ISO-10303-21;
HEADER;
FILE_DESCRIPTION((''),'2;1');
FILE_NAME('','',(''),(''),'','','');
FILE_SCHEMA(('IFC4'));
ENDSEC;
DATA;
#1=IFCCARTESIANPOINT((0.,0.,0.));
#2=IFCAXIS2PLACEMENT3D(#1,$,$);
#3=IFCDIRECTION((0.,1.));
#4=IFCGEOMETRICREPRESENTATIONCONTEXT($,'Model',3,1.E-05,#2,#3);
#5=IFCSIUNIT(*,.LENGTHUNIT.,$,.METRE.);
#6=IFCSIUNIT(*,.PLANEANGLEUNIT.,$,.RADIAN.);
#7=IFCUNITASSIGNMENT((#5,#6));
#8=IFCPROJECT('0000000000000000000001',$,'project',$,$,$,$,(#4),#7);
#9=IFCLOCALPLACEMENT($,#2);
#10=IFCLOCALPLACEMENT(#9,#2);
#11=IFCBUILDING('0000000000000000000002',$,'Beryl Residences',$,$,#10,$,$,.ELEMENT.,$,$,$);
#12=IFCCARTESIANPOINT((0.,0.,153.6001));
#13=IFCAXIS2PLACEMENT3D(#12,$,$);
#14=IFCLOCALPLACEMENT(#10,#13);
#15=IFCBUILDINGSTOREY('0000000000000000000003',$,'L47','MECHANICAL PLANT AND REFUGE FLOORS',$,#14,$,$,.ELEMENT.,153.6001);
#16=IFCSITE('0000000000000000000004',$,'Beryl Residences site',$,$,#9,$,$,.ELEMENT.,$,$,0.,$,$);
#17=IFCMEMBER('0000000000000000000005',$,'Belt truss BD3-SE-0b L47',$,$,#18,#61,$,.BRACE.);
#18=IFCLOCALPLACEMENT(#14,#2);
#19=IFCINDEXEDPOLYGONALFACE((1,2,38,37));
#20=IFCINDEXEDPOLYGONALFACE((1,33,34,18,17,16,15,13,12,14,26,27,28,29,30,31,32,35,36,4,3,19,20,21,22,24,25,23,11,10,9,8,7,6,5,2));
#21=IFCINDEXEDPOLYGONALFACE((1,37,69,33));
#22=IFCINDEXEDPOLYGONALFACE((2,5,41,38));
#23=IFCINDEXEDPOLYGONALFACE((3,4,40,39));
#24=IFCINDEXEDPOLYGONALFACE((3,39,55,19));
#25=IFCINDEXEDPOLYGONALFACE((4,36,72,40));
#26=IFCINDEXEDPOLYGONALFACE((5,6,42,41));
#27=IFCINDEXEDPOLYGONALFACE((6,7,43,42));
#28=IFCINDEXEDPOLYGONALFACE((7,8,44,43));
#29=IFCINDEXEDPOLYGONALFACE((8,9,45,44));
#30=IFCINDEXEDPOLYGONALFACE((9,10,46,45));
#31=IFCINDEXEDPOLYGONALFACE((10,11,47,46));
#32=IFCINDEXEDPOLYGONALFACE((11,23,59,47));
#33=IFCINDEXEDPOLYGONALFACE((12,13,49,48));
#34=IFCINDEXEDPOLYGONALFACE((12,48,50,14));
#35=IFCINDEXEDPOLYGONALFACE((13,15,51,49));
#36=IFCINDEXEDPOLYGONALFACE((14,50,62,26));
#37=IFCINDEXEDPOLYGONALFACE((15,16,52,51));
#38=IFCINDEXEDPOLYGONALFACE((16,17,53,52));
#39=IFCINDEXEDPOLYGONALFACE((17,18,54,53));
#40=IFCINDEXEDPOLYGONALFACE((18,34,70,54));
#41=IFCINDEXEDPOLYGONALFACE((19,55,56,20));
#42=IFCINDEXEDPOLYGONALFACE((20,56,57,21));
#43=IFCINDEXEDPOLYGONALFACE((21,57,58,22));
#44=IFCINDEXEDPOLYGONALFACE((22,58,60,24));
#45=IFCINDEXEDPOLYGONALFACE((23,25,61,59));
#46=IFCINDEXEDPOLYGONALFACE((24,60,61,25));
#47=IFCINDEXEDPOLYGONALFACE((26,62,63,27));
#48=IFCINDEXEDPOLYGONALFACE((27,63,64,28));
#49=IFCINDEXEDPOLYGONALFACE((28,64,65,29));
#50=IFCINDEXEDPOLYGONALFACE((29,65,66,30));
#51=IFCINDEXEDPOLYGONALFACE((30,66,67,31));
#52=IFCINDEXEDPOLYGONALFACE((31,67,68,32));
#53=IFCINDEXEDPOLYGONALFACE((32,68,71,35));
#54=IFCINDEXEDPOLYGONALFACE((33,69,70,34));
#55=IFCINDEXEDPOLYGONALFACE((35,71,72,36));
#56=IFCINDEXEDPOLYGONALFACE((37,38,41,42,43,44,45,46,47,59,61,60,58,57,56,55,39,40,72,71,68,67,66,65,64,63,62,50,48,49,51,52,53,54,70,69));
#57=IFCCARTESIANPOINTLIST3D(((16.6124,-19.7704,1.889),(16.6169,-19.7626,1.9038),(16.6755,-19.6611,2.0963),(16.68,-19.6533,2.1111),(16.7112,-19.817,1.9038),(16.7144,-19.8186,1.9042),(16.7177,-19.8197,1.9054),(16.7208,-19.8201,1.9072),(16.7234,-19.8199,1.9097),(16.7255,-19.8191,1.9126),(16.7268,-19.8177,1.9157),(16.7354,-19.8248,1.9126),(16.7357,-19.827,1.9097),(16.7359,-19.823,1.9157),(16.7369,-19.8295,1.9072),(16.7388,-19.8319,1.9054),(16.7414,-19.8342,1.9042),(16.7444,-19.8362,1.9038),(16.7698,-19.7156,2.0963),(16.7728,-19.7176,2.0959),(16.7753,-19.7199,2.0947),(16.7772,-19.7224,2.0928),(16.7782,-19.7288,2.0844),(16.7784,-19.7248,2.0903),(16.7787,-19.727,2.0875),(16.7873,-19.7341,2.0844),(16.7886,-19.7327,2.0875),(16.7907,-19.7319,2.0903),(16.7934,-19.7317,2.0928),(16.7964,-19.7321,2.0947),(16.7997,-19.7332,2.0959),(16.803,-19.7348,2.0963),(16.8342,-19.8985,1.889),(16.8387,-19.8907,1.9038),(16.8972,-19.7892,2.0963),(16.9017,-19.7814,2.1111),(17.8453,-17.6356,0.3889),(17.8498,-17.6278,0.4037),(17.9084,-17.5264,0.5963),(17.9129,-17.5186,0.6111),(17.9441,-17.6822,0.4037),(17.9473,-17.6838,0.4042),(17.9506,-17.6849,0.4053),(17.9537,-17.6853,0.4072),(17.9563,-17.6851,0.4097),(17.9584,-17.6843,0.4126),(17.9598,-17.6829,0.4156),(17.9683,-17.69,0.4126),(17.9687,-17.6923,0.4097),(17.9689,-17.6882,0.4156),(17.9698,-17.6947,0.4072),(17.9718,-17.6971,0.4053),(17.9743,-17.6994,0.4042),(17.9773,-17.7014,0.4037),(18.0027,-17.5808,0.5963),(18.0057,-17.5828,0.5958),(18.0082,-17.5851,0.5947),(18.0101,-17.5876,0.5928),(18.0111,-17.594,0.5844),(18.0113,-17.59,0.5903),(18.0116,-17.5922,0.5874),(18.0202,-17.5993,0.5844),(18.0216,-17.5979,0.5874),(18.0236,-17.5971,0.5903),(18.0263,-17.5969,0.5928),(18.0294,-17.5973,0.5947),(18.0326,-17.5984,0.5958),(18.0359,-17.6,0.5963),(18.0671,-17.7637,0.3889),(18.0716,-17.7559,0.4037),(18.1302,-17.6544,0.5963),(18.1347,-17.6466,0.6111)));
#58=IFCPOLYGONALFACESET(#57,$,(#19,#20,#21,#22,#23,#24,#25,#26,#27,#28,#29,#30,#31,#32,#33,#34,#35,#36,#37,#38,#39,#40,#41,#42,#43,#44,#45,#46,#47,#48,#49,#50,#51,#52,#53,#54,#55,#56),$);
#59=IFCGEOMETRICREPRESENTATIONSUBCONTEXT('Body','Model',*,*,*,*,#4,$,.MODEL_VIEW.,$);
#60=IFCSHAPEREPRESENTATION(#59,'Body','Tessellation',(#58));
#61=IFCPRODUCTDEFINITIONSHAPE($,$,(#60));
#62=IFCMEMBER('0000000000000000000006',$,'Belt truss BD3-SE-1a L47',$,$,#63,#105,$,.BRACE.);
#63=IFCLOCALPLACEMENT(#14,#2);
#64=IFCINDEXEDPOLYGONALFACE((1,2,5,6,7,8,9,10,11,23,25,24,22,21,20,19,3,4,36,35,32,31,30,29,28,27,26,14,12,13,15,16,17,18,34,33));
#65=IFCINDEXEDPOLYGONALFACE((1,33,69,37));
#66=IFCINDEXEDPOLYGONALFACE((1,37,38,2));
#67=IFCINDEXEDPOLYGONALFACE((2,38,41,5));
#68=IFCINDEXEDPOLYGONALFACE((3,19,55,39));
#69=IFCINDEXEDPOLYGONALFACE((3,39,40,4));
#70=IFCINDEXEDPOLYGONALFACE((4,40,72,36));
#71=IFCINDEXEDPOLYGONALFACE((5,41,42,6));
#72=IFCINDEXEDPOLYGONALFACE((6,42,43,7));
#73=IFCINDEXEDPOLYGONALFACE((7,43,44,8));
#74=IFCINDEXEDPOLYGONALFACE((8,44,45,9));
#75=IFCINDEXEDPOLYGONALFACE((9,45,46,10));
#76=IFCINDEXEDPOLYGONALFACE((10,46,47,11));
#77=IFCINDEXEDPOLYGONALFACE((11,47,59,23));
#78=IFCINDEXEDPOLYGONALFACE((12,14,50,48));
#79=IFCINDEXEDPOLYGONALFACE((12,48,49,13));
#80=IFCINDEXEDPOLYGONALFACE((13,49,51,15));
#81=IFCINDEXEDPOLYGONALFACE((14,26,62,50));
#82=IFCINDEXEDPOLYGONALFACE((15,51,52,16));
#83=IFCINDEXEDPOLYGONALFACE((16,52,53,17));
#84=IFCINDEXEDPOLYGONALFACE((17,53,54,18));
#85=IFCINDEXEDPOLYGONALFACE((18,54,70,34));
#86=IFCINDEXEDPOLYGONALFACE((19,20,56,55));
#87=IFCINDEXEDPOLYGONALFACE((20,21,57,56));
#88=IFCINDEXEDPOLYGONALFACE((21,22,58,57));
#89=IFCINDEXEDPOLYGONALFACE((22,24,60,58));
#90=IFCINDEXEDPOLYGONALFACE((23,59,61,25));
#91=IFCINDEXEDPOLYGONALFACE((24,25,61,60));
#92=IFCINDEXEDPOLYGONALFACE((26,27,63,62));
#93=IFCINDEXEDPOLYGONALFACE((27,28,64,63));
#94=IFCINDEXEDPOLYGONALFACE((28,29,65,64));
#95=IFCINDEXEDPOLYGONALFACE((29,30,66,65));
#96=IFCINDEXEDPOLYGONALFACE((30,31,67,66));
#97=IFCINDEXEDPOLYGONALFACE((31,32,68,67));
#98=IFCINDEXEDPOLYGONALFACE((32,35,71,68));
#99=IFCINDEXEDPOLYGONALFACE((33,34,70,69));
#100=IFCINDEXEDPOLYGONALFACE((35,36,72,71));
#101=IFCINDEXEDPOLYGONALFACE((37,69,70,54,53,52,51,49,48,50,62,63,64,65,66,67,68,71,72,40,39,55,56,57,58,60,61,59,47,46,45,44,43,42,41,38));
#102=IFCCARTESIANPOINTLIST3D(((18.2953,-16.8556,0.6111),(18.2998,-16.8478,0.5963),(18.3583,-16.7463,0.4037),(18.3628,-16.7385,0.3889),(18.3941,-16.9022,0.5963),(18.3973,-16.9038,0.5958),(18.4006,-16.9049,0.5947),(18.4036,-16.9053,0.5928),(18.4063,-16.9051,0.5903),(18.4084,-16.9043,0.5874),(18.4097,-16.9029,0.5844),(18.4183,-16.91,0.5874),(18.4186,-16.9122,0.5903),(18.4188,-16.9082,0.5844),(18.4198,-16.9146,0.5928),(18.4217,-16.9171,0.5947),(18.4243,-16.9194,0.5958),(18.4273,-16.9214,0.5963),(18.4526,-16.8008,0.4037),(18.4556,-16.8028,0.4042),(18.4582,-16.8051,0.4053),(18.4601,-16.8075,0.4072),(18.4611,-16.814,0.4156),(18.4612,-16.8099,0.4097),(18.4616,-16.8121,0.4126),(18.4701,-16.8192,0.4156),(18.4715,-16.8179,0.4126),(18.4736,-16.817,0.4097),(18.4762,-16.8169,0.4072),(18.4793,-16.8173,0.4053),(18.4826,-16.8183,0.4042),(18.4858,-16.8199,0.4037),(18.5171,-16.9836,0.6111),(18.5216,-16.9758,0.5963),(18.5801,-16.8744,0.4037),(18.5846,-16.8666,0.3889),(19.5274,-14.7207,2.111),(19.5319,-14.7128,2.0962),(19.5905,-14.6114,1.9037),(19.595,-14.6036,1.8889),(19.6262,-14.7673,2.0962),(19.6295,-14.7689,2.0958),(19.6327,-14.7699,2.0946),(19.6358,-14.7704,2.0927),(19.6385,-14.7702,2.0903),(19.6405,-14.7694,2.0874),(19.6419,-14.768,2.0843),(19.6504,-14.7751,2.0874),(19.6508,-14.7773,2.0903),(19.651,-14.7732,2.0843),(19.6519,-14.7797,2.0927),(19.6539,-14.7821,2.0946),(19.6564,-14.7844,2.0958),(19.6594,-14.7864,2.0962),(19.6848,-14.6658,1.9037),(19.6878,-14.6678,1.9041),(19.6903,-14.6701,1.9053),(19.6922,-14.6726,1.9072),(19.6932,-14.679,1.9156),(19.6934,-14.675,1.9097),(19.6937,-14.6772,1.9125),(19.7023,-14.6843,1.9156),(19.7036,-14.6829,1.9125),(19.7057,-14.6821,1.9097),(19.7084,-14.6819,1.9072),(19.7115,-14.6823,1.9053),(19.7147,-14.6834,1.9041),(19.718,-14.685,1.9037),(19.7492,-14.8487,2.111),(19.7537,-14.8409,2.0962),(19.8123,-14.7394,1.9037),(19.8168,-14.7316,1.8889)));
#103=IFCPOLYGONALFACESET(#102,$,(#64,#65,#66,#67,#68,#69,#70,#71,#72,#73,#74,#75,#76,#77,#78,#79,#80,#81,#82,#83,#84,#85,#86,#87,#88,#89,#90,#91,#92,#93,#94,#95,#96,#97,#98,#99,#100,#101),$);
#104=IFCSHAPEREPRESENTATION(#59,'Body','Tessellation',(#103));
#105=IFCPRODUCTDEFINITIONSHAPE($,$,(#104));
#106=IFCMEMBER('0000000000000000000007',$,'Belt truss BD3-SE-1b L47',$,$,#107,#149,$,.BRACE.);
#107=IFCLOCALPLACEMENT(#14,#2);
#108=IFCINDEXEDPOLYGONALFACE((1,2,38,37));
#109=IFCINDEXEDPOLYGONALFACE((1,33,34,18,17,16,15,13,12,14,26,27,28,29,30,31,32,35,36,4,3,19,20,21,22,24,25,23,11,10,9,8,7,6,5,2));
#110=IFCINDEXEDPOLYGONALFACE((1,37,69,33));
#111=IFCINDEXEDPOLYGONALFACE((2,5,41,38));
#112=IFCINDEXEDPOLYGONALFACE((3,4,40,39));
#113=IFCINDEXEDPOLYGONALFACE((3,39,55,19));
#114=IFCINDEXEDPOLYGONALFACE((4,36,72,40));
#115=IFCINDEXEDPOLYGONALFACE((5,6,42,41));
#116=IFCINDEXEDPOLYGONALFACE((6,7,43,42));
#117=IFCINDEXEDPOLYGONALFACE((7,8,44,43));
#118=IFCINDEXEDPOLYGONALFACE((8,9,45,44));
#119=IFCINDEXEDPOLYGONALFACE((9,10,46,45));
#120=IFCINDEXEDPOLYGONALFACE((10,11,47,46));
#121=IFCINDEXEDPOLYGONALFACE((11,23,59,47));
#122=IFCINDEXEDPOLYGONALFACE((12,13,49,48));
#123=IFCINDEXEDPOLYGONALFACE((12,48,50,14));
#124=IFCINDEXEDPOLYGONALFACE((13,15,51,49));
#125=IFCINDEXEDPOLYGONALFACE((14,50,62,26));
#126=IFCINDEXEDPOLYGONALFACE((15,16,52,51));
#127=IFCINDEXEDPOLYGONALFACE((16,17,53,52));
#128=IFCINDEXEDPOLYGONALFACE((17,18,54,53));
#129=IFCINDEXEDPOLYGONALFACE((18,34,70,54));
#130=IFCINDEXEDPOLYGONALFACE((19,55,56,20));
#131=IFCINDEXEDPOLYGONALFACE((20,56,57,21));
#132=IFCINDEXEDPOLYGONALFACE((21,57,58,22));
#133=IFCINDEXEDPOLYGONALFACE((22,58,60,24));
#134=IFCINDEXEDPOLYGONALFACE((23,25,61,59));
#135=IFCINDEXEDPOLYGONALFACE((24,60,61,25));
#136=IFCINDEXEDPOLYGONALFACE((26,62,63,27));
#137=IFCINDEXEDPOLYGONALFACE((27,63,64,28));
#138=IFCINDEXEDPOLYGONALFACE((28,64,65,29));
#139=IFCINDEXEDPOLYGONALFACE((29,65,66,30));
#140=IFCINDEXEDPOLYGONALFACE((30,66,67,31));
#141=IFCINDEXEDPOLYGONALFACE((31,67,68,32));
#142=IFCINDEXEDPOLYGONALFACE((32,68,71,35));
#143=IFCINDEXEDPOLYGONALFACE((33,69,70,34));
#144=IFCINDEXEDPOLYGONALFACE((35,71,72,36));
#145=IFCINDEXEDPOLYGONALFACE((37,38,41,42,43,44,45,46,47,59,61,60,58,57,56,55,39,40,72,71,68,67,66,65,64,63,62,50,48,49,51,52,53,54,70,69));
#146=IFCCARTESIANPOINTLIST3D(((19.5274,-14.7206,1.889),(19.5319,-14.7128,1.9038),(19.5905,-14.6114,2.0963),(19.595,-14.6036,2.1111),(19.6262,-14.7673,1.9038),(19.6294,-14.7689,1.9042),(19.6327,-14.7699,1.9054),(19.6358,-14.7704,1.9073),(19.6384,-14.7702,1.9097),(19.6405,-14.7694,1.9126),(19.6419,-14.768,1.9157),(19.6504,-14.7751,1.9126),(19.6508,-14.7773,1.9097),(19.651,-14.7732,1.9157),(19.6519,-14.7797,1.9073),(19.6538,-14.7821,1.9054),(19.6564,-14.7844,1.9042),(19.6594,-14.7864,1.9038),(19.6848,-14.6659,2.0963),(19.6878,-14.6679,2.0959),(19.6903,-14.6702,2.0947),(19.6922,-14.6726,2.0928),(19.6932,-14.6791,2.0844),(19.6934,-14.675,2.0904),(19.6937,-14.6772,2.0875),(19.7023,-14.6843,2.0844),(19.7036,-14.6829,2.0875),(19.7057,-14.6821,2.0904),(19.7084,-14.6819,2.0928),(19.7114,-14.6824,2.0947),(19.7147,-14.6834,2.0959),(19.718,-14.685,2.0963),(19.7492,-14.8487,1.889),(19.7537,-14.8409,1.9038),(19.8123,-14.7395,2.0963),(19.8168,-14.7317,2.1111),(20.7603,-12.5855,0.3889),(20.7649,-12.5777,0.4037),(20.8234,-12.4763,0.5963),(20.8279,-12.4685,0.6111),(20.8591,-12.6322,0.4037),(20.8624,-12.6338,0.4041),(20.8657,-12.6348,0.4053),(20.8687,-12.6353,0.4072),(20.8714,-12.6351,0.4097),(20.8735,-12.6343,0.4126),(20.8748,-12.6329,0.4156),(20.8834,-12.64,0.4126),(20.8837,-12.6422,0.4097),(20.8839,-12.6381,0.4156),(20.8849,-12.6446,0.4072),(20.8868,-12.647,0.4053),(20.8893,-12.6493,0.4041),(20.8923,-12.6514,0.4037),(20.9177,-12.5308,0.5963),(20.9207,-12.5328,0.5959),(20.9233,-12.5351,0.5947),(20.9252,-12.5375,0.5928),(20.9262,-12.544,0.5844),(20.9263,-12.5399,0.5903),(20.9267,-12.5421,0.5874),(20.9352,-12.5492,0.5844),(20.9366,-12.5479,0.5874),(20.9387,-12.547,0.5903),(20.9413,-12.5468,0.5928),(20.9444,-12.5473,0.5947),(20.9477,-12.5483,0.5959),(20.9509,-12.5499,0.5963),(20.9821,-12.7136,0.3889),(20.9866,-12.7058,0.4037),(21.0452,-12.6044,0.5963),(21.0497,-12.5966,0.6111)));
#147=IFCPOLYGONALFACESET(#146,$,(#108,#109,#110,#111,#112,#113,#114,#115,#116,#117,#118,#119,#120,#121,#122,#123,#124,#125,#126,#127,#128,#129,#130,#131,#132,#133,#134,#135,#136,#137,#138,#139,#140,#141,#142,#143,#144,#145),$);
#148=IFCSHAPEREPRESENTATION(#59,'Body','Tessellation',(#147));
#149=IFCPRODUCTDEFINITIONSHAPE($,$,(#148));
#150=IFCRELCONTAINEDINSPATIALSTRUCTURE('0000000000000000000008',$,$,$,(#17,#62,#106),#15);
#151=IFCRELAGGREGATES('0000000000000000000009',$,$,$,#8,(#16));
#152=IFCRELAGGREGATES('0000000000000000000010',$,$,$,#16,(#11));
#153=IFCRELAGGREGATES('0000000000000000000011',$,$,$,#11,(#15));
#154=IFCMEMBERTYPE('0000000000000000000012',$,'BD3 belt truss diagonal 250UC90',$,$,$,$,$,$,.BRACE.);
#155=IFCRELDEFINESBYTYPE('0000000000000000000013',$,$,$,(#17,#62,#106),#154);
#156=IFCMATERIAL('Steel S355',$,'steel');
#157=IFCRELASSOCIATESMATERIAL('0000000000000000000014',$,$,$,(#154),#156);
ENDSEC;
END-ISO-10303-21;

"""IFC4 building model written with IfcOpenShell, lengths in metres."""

from ifc_helpers import new_model, si_unit, direction, frame, origin, origin_2d, place, context, subcontext, project, spatial, i_section, extrude, material, material_profile, profile_set, type_object, element, save


model = new_model("IFC4")

# Units and contexts
model_context = context("Model", 3, precision=1e-05, world=origin(), true_north=direction((0.0, 1.0)))
body_context = subcontext(model_context, "Body", "Model", "MODEL_VIEW")
ifc_project = project(units=[si_unit("LENGTHUNIT", "METRE"), si_unit("PLANEANGLEUNIT", "RADIAN")], contexts=[model_context])

# Site, building, storey
site_placement = place(None, origin())
site = spatial("IfcSite", under=ifc_project, at=site_placement, Name="Beryl Residences site", CompositionType="ELEMENT", RefElevation=0.0)
building_placement = place(site_placement, origin())
building = spatial("IfcBuilding", under=site, at=building_placement, Name="Beryl Residences", CompositionType="ELEMENT")
storey_placement = place(building_placement, frame((0.0, 0.0, 153.6001)))
storey = spatial("IfcBuildingStorey", under=building, at=storey_placement, Name="L47", Description="MECHANICAL PLANT AND REFUGE FLOORS", CompositionType="ELEMENT", Elevation=153.6001)

# Members
ifc_material_1 = material(Name="Steel S355", Category="steel")
ifc_material_profile_1 = material_profile(ifc_material_1, i_section(OverallWidth=0.2561, OverallDepth=0.26, WebThickness=0.0105, FlangeThickness=0.0173, FilletRadius=0.0139, at=origin_2d()))
ifc_profile_set_1 = profile_set([ifc_material_profile_1], Name="Steel S355")
member_type_1 = type_object("IfcMemberType", Name="BD3 belt truss diagonal 250UC90", PredefinedType="BRACE", material=ifc_profile_set_1)
member_1_placement = place(storey_placement, frame((17.99, -17.6411, 0.5), z_axis=(-0.427248, -0.739773, 0.519804), x_axis=(0.865955, -0.500122, 0.0)))
element("IfcMember", 1, at=member_1_placement, inside=storey, type_object=member_type_1, Name="Belt truss BD3-SE-0b L47", PredefinedType="BRACE", context=body_context, shape_type="SweptSolid", body=[
    extrude(i_section(OverallWidth=0.2561, OverallDepth=0.26, WebThickness=0.0105, FlangeThickness=0.0173, FilletRadius=0.0139, at=origin_2d()), origin(), (0.0, 0.0, 1.0), 2.8857),
])
member_2_placement = place(storey_placement, frame((18.4399, -16.8611, 0.5), z_axis=(0.427013, 0.739891, 0.519828), x_axis=(-0.866108, 0.499857, 0.0)))
element("IfcMember", 2, at=member_2_placement, inside=storey, type_object=member_type_1, Name="Belt truss BD3-SE-1a L47", PredefinedType="BRACE", context=body_context, shape_type="SweptSolid", body=[
    extrude(i_section(OverallWidth=0.2561, OverallDepth=0.26, WebThickness=0.0105, FlangeThickness=0.0173, FilletRadius=0.0139, at=origin_2d()), origin(), (0.0, 0.0, 1.0), 2.8855),
])
member_3_placement = place(storey_placement, frame((20.905, -12.5911, 0.5), z_axis=(-0.427221, -0.739811, 0.519771), x_axis=(0.865979, -0.50008, 0.0)))
element("IfcMember", 3, at=member_3_placement, inside=storey, type_object=member_type_1, Name="Belt truss BD3-SE-1b L47", PredefinedType="BRACE", context=body_context, shape_type="SweptSolid", body=[
    extrude(i_section(OverallWidth=0.2561, OverallDepth=0.26, WebThickness=0.0105, FlangeThickness=0.0173, FilletRadius=0.0139, at=origin_2d()), origin(), (0.0, 0.0, 1.0), 2.886),
])

save(model, "model.ifc")
